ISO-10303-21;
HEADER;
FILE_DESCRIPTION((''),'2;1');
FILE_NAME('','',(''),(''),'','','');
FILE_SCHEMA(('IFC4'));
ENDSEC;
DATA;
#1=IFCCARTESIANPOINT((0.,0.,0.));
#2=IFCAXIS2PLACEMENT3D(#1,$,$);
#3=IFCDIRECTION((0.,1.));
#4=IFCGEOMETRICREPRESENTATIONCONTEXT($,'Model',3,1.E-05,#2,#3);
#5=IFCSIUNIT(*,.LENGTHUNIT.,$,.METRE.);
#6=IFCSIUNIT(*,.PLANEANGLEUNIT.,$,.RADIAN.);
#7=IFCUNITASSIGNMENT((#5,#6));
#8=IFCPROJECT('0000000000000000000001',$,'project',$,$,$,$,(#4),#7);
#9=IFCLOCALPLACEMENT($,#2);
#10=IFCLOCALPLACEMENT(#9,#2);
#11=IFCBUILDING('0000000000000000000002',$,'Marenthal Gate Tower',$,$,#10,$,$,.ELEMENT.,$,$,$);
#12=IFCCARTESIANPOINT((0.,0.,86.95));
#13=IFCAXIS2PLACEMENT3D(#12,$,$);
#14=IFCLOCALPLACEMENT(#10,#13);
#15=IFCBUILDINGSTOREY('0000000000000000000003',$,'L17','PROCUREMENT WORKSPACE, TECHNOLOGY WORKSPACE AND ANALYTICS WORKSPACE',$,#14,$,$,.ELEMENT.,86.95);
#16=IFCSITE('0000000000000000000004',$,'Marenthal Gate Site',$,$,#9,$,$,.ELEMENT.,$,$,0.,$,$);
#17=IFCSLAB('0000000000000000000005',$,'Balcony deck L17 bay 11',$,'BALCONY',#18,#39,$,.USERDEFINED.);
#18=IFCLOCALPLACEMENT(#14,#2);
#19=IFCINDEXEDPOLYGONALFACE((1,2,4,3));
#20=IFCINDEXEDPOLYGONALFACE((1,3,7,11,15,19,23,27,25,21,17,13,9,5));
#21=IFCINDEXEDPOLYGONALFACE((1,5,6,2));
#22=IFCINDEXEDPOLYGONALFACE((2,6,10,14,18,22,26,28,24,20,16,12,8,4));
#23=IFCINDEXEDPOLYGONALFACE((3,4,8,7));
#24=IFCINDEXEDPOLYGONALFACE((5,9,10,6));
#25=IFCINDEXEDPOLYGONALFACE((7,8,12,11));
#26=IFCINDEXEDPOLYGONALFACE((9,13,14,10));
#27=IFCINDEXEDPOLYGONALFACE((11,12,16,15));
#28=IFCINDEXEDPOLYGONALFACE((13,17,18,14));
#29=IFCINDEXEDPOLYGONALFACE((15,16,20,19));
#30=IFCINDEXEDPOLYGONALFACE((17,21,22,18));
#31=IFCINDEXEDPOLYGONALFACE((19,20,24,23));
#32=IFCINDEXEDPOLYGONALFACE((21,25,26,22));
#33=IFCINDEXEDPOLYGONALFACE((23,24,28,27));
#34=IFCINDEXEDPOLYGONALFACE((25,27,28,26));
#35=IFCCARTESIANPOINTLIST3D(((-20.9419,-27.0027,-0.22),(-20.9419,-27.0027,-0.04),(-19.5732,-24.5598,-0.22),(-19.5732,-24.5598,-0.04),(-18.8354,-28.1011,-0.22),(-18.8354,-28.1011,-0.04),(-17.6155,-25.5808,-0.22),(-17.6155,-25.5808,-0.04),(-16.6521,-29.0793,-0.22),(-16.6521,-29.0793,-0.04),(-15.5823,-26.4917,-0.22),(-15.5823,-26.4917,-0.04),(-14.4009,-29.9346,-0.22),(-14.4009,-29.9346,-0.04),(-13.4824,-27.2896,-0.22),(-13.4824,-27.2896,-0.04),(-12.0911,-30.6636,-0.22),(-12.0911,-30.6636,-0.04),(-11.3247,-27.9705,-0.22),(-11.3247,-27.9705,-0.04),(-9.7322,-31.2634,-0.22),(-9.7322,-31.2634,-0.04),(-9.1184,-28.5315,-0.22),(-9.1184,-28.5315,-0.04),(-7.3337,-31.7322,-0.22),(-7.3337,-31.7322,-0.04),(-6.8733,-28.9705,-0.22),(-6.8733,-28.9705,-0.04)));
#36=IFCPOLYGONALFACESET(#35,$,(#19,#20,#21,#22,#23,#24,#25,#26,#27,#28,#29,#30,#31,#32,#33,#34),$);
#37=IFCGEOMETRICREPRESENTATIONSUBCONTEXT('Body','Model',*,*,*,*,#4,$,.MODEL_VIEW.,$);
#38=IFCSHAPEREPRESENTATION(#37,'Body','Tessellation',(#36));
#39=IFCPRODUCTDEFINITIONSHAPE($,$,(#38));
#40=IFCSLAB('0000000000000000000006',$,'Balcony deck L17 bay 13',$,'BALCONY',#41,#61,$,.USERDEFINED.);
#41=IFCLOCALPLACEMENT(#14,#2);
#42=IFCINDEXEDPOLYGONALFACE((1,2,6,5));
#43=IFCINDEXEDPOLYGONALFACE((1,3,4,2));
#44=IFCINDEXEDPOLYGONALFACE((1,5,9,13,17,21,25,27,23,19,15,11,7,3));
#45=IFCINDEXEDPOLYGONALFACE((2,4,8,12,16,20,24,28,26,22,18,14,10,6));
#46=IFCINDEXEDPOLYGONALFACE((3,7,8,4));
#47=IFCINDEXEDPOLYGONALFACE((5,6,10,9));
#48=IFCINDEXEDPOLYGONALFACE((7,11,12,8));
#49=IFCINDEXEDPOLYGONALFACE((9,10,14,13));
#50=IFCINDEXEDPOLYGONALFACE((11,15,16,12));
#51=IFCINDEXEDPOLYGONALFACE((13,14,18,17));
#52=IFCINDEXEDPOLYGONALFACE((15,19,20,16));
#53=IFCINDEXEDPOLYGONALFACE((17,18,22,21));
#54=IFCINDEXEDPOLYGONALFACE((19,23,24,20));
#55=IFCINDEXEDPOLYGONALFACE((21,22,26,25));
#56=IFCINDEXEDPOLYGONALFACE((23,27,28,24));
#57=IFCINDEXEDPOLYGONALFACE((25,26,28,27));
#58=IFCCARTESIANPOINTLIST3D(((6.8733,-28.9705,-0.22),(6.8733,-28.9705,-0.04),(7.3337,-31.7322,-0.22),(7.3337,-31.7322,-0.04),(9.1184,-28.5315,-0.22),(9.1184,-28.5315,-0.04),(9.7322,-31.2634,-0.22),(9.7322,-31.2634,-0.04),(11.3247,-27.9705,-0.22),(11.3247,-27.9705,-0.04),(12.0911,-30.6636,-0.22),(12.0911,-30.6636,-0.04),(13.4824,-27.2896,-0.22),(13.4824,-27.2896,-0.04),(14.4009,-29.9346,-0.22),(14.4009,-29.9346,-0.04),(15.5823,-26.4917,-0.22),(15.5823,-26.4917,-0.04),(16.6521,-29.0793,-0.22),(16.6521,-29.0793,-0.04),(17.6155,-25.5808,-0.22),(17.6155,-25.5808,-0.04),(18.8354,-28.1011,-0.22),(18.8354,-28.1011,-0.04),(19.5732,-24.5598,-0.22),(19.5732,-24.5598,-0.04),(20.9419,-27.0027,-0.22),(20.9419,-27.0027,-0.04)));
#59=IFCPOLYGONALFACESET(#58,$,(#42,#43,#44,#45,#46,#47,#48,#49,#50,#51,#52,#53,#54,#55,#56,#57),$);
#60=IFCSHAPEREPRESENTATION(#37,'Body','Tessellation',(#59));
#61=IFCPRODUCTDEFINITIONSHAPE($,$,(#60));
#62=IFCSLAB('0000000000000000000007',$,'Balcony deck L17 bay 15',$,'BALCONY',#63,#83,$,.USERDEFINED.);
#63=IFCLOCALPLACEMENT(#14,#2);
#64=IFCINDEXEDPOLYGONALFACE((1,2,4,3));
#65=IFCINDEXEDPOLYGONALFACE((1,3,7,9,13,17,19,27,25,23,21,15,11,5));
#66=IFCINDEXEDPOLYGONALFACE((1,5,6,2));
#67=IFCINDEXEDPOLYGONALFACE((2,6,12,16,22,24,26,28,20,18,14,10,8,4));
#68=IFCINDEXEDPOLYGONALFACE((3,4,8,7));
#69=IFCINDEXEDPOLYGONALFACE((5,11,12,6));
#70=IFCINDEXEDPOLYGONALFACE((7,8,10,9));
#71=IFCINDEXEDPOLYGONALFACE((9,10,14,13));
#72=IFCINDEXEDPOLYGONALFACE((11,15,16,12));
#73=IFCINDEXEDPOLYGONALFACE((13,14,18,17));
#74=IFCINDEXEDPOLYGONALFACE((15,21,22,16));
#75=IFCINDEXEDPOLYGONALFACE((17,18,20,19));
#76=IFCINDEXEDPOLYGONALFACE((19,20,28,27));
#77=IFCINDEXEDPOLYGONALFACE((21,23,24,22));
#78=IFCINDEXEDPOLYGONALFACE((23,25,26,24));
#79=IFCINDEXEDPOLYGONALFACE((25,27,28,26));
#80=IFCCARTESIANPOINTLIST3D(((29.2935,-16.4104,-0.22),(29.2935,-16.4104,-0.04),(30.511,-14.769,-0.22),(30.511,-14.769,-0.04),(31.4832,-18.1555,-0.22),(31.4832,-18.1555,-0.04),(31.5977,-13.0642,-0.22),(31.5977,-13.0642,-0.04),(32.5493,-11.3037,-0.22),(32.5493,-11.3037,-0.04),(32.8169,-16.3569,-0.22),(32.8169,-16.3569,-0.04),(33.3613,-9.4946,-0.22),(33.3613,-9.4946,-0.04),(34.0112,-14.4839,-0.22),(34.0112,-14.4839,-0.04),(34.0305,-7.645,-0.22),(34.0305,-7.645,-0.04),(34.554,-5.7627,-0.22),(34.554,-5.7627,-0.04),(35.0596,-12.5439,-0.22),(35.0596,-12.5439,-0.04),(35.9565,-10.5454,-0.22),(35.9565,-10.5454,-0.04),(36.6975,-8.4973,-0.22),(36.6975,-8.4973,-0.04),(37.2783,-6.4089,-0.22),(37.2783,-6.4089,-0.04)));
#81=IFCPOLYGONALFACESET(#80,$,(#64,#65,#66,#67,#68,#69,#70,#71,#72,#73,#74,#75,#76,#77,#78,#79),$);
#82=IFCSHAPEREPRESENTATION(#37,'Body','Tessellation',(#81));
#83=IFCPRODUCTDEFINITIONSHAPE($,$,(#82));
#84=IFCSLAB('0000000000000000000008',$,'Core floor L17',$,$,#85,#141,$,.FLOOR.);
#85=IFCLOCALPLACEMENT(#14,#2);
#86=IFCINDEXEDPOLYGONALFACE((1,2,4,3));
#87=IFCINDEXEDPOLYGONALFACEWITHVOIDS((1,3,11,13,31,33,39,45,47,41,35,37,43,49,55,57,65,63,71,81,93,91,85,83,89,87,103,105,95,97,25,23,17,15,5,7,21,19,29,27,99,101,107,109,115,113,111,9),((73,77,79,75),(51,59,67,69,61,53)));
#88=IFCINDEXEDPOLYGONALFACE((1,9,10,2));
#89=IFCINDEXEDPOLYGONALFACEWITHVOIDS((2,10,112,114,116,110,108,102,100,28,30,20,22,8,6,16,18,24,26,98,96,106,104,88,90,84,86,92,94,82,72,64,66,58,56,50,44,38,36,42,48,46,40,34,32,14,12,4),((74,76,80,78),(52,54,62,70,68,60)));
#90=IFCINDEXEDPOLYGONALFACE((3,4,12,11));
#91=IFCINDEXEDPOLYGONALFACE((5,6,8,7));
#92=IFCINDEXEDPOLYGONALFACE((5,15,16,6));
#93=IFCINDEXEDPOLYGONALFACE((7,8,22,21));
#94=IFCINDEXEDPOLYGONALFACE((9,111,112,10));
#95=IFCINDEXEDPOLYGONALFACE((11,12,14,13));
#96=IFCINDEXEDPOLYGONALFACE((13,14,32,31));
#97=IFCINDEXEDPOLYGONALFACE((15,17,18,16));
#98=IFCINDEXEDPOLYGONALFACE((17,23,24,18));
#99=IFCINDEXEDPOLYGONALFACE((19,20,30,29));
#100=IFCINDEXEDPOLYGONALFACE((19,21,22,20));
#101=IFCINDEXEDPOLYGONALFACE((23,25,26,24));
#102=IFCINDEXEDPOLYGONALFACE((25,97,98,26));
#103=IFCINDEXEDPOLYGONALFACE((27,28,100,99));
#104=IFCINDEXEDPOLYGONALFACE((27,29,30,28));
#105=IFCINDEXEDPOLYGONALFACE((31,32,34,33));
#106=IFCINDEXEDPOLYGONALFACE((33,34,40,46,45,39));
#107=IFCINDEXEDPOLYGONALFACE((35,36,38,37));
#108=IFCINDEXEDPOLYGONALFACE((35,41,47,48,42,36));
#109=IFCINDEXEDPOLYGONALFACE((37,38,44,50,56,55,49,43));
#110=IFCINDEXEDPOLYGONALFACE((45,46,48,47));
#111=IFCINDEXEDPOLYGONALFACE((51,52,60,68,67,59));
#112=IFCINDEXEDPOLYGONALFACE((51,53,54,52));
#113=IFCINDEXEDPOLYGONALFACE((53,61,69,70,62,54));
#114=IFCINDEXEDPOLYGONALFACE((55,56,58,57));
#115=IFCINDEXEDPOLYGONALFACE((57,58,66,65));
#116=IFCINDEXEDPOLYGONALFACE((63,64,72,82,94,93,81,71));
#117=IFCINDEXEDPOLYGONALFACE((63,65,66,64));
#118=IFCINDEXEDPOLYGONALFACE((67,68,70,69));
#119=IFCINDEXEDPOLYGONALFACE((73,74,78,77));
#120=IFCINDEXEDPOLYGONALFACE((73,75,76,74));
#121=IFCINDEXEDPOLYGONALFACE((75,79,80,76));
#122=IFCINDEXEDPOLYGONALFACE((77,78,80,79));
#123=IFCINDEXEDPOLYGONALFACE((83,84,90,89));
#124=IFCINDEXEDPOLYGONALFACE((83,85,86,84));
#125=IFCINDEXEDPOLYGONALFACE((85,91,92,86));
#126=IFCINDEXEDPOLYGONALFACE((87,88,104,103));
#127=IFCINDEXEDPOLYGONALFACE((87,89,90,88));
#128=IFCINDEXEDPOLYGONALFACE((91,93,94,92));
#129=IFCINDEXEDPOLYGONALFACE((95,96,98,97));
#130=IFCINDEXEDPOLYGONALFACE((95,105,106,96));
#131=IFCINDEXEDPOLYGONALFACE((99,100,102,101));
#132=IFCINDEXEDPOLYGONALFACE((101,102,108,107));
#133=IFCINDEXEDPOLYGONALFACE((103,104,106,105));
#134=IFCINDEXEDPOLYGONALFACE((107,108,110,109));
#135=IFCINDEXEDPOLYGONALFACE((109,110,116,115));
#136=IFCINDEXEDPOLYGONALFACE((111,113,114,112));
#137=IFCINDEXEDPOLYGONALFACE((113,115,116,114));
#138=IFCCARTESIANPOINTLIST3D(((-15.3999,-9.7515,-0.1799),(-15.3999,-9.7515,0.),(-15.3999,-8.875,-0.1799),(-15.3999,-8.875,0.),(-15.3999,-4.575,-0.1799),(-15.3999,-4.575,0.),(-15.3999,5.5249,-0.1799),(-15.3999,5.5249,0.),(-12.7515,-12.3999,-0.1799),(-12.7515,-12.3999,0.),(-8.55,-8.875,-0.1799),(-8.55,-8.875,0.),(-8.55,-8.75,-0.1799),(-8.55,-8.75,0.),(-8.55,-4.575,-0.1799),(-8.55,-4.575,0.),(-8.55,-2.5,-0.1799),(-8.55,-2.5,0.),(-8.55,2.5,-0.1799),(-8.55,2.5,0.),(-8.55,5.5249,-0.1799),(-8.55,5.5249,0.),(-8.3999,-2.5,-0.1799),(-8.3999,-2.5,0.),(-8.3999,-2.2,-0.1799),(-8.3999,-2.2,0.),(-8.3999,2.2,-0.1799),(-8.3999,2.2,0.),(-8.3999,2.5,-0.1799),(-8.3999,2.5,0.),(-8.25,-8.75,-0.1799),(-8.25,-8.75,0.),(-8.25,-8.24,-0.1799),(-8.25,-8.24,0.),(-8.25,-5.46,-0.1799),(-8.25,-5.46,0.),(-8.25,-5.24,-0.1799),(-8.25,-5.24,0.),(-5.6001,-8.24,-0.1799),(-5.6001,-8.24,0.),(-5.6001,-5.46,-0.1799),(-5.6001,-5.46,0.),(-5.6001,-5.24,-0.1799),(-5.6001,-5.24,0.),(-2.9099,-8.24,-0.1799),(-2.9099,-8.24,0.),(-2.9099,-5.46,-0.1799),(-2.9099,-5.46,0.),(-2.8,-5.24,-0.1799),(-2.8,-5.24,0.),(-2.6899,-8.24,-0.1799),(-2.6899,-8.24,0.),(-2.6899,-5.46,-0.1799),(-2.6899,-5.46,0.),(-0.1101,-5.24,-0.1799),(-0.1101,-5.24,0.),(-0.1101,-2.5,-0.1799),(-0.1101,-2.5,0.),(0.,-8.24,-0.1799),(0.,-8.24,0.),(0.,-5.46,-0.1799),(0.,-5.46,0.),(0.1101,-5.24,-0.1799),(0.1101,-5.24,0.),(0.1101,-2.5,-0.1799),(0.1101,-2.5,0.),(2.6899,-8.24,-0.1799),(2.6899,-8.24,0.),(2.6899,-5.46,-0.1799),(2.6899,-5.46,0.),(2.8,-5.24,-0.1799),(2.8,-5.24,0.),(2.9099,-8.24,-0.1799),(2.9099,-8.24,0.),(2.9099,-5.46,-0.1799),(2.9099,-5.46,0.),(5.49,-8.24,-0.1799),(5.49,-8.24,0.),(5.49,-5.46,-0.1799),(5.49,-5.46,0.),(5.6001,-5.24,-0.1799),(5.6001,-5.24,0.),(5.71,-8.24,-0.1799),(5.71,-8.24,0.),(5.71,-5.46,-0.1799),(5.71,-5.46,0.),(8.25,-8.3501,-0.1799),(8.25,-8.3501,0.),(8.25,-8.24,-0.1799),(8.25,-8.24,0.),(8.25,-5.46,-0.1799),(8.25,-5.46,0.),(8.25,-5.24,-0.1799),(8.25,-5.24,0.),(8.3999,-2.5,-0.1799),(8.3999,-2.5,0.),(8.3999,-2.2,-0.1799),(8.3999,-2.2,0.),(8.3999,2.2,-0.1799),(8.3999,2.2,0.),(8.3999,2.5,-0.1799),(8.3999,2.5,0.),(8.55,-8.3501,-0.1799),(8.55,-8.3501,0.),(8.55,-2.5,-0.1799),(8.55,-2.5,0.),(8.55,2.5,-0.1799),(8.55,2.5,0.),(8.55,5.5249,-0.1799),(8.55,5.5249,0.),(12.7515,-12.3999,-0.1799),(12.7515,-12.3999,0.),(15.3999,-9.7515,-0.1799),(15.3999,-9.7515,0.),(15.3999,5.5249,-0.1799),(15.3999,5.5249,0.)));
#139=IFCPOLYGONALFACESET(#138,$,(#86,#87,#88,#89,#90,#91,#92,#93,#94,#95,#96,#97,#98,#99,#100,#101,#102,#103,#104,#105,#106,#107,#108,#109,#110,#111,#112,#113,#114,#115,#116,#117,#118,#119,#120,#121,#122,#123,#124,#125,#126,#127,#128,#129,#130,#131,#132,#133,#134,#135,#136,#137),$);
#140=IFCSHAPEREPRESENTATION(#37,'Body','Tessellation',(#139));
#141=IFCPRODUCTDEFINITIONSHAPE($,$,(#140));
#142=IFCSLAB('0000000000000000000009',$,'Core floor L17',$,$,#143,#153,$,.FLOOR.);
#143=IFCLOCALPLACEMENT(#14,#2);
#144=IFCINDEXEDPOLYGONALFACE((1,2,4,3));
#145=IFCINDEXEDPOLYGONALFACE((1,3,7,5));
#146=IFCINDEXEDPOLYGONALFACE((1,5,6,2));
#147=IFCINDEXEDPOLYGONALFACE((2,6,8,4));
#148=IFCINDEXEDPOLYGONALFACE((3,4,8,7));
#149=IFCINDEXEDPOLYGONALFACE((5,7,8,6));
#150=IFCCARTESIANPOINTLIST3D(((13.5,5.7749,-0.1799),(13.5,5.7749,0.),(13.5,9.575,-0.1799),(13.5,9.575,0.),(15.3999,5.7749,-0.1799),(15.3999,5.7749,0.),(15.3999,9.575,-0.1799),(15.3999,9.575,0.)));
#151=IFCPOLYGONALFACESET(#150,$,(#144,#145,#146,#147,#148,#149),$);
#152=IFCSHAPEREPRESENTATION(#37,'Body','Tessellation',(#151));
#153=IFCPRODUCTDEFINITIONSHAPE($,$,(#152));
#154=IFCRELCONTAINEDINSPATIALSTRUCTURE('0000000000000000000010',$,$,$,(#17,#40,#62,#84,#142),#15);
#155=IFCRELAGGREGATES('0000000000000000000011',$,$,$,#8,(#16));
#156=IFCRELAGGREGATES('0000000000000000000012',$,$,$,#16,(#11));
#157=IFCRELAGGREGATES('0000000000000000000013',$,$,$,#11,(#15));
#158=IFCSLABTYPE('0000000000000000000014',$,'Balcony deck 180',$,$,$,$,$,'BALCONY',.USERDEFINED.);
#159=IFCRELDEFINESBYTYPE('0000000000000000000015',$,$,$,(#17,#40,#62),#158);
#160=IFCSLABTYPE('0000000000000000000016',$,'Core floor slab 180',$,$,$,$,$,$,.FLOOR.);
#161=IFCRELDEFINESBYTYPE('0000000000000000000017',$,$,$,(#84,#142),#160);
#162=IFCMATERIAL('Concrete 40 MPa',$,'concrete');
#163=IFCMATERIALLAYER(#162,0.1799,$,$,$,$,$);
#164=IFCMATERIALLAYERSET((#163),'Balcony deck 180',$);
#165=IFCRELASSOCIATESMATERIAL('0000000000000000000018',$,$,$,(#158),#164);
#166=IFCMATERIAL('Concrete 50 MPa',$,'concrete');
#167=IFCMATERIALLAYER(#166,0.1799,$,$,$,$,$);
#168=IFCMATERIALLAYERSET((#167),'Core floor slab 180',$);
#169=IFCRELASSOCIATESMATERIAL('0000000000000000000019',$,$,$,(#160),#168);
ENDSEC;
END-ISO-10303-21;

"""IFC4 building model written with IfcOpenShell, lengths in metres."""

from ifc_helpers import new_model, si_unit, direction, frame, origin, place, context, subcontext, project, spatial, polyline, outline, extrude, material, layer, layer_set, type_object, element, save


model = new_model("IFC4")

# Units and contexts
model_context = context("Model", 3, precision=1e-05, world=origin(), true_north=direction((0.0, 1.0)))
body_context = subcontext(model_context, "Body", "Model", "MODEL_VIEW")
ifc_project = project(units=[si_unit("LENGTHUNIT", "METRE"), si_unit("PLANEANGLEUNIT", "RADIAN")], contexts=[model_context])

# Site, building, storey
site_placement = place(None, origin())
site = spatial("IfcSite", under=ifc_project, at=site_placement, Name="Marenthal Gate Site", CompositionType="ELEMENT", RefElevation=0.0)
building_placement = place(site_placement, origin())
building = spatial("IfcBuilding", under=site, at=building_placement, Name="Marenthal Gate Tower", CompositionType="ELEMENT")
storey_placement = place(building_placement, frame((0.0, 0.0, 86.95)))
storey = spatial("IfcBuildingStorey", under=building, at=storey_placement, Name="L17", Description="PROCUREMENT WORKSPACE, TECHNOLOGY WORKSPACE AND ANALYTICS WORKSPACE", CompositionType="ELEMENT", Elevation=86.95)

# Slabs
ifc_material_1 = material(Name="Concrete 40 MPa", Category="concrete")
ifc_layer_1 = layer(ifc_material_1, 0.1799)
ifc_layer_set_1 = layer_set([ifc_layer_1], Name="Balcony deck 180")
slab_type_1 = type_object("IfcSlabType", Name="Balcony deck 180", ElementType="BALCONY", PredefinedType="USERDEFINED", material=ifc_layer_set_1)
slab_1_placement = place(storey_placement, frame((0.0, 0.0, -0.22)))
element("IfcSlab", 1, at=slab_1_placement, inside=storey, type_object=slab_type_1, Name="Balcony deck L17 bay 11", ObjectType="BALCONY", PredefinedType="USERDEFINED", context=body_context, shape_type="SweptSolid", body=[
    extrude(outline(polyline([(-19.5732, -24.5598), (-17.6155, -25.5808), (-15.5823, -26.4917), (-13.4824, -27.2896), (-11.3247, -27.9705), (-9.1184, -28.5315), (-6.8733, -28.9705), (-7.3337, -31.7322), (-9.7322, -31.2634), (-12.0911, -30.6636), (-14.4009, -29.9346), (-16.6521, -29.0793), (-18.8354, -28.1011), (-20.9419, -27.0027), (-19.5732, -24.5598)])), origin(), (0.0, 0.0, 1.0), 0.1799),
])
slab_2_placement = place(storey_placement, frame((0.0, 0.0, -0.22)))
element("IfcSlab", 2, at=slab_2_placement, inside=storey, type_object=slab_type_1, Name="Balcony deck L17 bay 13", ObjectType="BALCONY", PredefinedType="USERDEFINED", context=body_context, shape_type="SweptSolid", body=[
    extrude(outline(polyline([(6.8733, -28.9705), (9.1184, -28.5315), (11.3247, -27.9705), (13.4824, -27.2896), (15.5823, -26.4917), (17.6155, -25.5808), (19.5732, -24.5598), (20.9419, -27.0027), (18.8354, -28.1011), (16.6521, -29.0793), (14.4009, -29.9346), (12.0911, -30.6636), (9.7322, -31.2634), (7.3337, -31.7322), (6.8733, -28.9705)])), origin(), (0.0, 0.0, 1.0), 0.1799),
])
slab_3_placement = place(storey_placement, frame((0.0, 0.0, -0.22)))
element("IfcSlab", 3, at=slab_3_placement, inside=storey, type_object=slab_type_1, Name="Balcony deck L17 bay 15", ObjectType="BALCONY", PredefinedType="USERDEFINED", context=body_context, shape_type="SweptSolid", body=[
    extrude(outline(polyline([(29.2935, -16.4104), (30.511, -14.769), (31.5977, -13.0642), (32.5493, -11.3037), (33.3613, -9.4946), (34.0305, -7.645), (34.554, -5.7627), (37.2783, -6.4089), (36.6975, -8.4973), (35.9565, -10.5454), (35.0596, -12.5439), (34.0112, -14.4839), (32.8169, -16.3569), (31.4832, -18.1555), (29.2935, -16.4104)])), origin(), (0.0, 0.0, 1.0), 0.1799),
])
ifc_material_2 = material(Name="Concrete 50 MPa", Category="concrete")
ifc_layer_2 = layer(ifc_material_2, 0.1799)
ifc_layer_set_2 = layer_set([ifc_layer_2], Name="Core floor slab 180")
slab_type_2 = type_object("IfcSlabType", Name="Core floor slab 180", PredefinedType="FLOOR", material=ifc_layer_set_2)
slab_4_placement = place(storey_placement, frame((0.0, 0.0, -0.1799)))
element("IfcSlab", 4, at=slab_4_placement, inside=storey, type_object=slab_type_2, Name="Core floor L17", PredefinedType="FLOOR", context=body_context, shape_type="SweptSolid", body=[
    extrude(outline(polyline([(15.3999, -9.7515), (12.7515, -12.3999), (-12.7515, -12.3999), (-15.3999, -9.7515), (-15.3999, -8.875), (-8.55, -8.875), (-8.55, -8.75), (-8.25, -8.75), (-8.25, -8.24), (-5.6001, -8.24), (-2.9099, -8.24), (-2.9099, -5.46), (-5.6001, -5.46), (-8.25, -5.46), (-8.25, -5.24), (-5.6001, -5.24), (-2.8, -5.24), (-0.1101, -5.24), (-0.1101, -2.5), (0.1101, -2.5), (0.1101, -5.24), (2.8, -5.24), (5.6001, -5.24), (8.25, -5.24), (8.25, -5.46), (5.71, -5.46), (5.71, -8.24), (8.25, -8.24), (8.25, -8.3501), (8.55, -8.3501), (8.55, -2.5), (8.3999, -2.5), (8.3999, -2.2), (-8.3999, -2.2), (-8.3999, -2.5), (-8.55, -2.5), (-8.55, -4.575), (-15.3999, -4.575), (-15.3999, 5.5249), (-8.55, 5.5249), (-8.55, 2.5), (-8.3999, 2.5), (-8.3999, 2.2), (8.3999, 2.2), (8.3999, 2.5), (8.55, 2.5), (8.55, 5.5249), (15.3999, 5.5249), (15.3999, -9.7515)]), holes=[polyline([(2.6899, -5.46), (0.0, -5.46), (-2.6899, -5.46), (-2.6899, -8.24), (0.0, -8.24), (2.6899, -8.24), (2.6899, -5.46)]), polyline([(5.49, -5.46), (2.9099, -5.46), (2.9099, -8.24), (5.49, -8.24), (5.49, -5.46)])]), origin(), (0.0, 0.0, 1.0), 0.1799),
])
slab_5_placement = place(storey_placement, frame((0.0, 0.0, -0.1799)))
element("IfcSlab", 5, at=slab_5_placement, inside=storey, type_object=slab_type_2, Name="Core floor L17", PredefinedType="FLOOR", context=body_context, shape_type="SweptSolid", body=[
    extrude(outline(polyline([(15.3999, 5.7749), (13.5, 5.7749), (13.5, 9.575), (15.3999, 9.575), (15.3999, 5.7749)])), origin(), (0.0, 0.0, 1.0), 0.1799),
])

save(model, "model.ifc")
